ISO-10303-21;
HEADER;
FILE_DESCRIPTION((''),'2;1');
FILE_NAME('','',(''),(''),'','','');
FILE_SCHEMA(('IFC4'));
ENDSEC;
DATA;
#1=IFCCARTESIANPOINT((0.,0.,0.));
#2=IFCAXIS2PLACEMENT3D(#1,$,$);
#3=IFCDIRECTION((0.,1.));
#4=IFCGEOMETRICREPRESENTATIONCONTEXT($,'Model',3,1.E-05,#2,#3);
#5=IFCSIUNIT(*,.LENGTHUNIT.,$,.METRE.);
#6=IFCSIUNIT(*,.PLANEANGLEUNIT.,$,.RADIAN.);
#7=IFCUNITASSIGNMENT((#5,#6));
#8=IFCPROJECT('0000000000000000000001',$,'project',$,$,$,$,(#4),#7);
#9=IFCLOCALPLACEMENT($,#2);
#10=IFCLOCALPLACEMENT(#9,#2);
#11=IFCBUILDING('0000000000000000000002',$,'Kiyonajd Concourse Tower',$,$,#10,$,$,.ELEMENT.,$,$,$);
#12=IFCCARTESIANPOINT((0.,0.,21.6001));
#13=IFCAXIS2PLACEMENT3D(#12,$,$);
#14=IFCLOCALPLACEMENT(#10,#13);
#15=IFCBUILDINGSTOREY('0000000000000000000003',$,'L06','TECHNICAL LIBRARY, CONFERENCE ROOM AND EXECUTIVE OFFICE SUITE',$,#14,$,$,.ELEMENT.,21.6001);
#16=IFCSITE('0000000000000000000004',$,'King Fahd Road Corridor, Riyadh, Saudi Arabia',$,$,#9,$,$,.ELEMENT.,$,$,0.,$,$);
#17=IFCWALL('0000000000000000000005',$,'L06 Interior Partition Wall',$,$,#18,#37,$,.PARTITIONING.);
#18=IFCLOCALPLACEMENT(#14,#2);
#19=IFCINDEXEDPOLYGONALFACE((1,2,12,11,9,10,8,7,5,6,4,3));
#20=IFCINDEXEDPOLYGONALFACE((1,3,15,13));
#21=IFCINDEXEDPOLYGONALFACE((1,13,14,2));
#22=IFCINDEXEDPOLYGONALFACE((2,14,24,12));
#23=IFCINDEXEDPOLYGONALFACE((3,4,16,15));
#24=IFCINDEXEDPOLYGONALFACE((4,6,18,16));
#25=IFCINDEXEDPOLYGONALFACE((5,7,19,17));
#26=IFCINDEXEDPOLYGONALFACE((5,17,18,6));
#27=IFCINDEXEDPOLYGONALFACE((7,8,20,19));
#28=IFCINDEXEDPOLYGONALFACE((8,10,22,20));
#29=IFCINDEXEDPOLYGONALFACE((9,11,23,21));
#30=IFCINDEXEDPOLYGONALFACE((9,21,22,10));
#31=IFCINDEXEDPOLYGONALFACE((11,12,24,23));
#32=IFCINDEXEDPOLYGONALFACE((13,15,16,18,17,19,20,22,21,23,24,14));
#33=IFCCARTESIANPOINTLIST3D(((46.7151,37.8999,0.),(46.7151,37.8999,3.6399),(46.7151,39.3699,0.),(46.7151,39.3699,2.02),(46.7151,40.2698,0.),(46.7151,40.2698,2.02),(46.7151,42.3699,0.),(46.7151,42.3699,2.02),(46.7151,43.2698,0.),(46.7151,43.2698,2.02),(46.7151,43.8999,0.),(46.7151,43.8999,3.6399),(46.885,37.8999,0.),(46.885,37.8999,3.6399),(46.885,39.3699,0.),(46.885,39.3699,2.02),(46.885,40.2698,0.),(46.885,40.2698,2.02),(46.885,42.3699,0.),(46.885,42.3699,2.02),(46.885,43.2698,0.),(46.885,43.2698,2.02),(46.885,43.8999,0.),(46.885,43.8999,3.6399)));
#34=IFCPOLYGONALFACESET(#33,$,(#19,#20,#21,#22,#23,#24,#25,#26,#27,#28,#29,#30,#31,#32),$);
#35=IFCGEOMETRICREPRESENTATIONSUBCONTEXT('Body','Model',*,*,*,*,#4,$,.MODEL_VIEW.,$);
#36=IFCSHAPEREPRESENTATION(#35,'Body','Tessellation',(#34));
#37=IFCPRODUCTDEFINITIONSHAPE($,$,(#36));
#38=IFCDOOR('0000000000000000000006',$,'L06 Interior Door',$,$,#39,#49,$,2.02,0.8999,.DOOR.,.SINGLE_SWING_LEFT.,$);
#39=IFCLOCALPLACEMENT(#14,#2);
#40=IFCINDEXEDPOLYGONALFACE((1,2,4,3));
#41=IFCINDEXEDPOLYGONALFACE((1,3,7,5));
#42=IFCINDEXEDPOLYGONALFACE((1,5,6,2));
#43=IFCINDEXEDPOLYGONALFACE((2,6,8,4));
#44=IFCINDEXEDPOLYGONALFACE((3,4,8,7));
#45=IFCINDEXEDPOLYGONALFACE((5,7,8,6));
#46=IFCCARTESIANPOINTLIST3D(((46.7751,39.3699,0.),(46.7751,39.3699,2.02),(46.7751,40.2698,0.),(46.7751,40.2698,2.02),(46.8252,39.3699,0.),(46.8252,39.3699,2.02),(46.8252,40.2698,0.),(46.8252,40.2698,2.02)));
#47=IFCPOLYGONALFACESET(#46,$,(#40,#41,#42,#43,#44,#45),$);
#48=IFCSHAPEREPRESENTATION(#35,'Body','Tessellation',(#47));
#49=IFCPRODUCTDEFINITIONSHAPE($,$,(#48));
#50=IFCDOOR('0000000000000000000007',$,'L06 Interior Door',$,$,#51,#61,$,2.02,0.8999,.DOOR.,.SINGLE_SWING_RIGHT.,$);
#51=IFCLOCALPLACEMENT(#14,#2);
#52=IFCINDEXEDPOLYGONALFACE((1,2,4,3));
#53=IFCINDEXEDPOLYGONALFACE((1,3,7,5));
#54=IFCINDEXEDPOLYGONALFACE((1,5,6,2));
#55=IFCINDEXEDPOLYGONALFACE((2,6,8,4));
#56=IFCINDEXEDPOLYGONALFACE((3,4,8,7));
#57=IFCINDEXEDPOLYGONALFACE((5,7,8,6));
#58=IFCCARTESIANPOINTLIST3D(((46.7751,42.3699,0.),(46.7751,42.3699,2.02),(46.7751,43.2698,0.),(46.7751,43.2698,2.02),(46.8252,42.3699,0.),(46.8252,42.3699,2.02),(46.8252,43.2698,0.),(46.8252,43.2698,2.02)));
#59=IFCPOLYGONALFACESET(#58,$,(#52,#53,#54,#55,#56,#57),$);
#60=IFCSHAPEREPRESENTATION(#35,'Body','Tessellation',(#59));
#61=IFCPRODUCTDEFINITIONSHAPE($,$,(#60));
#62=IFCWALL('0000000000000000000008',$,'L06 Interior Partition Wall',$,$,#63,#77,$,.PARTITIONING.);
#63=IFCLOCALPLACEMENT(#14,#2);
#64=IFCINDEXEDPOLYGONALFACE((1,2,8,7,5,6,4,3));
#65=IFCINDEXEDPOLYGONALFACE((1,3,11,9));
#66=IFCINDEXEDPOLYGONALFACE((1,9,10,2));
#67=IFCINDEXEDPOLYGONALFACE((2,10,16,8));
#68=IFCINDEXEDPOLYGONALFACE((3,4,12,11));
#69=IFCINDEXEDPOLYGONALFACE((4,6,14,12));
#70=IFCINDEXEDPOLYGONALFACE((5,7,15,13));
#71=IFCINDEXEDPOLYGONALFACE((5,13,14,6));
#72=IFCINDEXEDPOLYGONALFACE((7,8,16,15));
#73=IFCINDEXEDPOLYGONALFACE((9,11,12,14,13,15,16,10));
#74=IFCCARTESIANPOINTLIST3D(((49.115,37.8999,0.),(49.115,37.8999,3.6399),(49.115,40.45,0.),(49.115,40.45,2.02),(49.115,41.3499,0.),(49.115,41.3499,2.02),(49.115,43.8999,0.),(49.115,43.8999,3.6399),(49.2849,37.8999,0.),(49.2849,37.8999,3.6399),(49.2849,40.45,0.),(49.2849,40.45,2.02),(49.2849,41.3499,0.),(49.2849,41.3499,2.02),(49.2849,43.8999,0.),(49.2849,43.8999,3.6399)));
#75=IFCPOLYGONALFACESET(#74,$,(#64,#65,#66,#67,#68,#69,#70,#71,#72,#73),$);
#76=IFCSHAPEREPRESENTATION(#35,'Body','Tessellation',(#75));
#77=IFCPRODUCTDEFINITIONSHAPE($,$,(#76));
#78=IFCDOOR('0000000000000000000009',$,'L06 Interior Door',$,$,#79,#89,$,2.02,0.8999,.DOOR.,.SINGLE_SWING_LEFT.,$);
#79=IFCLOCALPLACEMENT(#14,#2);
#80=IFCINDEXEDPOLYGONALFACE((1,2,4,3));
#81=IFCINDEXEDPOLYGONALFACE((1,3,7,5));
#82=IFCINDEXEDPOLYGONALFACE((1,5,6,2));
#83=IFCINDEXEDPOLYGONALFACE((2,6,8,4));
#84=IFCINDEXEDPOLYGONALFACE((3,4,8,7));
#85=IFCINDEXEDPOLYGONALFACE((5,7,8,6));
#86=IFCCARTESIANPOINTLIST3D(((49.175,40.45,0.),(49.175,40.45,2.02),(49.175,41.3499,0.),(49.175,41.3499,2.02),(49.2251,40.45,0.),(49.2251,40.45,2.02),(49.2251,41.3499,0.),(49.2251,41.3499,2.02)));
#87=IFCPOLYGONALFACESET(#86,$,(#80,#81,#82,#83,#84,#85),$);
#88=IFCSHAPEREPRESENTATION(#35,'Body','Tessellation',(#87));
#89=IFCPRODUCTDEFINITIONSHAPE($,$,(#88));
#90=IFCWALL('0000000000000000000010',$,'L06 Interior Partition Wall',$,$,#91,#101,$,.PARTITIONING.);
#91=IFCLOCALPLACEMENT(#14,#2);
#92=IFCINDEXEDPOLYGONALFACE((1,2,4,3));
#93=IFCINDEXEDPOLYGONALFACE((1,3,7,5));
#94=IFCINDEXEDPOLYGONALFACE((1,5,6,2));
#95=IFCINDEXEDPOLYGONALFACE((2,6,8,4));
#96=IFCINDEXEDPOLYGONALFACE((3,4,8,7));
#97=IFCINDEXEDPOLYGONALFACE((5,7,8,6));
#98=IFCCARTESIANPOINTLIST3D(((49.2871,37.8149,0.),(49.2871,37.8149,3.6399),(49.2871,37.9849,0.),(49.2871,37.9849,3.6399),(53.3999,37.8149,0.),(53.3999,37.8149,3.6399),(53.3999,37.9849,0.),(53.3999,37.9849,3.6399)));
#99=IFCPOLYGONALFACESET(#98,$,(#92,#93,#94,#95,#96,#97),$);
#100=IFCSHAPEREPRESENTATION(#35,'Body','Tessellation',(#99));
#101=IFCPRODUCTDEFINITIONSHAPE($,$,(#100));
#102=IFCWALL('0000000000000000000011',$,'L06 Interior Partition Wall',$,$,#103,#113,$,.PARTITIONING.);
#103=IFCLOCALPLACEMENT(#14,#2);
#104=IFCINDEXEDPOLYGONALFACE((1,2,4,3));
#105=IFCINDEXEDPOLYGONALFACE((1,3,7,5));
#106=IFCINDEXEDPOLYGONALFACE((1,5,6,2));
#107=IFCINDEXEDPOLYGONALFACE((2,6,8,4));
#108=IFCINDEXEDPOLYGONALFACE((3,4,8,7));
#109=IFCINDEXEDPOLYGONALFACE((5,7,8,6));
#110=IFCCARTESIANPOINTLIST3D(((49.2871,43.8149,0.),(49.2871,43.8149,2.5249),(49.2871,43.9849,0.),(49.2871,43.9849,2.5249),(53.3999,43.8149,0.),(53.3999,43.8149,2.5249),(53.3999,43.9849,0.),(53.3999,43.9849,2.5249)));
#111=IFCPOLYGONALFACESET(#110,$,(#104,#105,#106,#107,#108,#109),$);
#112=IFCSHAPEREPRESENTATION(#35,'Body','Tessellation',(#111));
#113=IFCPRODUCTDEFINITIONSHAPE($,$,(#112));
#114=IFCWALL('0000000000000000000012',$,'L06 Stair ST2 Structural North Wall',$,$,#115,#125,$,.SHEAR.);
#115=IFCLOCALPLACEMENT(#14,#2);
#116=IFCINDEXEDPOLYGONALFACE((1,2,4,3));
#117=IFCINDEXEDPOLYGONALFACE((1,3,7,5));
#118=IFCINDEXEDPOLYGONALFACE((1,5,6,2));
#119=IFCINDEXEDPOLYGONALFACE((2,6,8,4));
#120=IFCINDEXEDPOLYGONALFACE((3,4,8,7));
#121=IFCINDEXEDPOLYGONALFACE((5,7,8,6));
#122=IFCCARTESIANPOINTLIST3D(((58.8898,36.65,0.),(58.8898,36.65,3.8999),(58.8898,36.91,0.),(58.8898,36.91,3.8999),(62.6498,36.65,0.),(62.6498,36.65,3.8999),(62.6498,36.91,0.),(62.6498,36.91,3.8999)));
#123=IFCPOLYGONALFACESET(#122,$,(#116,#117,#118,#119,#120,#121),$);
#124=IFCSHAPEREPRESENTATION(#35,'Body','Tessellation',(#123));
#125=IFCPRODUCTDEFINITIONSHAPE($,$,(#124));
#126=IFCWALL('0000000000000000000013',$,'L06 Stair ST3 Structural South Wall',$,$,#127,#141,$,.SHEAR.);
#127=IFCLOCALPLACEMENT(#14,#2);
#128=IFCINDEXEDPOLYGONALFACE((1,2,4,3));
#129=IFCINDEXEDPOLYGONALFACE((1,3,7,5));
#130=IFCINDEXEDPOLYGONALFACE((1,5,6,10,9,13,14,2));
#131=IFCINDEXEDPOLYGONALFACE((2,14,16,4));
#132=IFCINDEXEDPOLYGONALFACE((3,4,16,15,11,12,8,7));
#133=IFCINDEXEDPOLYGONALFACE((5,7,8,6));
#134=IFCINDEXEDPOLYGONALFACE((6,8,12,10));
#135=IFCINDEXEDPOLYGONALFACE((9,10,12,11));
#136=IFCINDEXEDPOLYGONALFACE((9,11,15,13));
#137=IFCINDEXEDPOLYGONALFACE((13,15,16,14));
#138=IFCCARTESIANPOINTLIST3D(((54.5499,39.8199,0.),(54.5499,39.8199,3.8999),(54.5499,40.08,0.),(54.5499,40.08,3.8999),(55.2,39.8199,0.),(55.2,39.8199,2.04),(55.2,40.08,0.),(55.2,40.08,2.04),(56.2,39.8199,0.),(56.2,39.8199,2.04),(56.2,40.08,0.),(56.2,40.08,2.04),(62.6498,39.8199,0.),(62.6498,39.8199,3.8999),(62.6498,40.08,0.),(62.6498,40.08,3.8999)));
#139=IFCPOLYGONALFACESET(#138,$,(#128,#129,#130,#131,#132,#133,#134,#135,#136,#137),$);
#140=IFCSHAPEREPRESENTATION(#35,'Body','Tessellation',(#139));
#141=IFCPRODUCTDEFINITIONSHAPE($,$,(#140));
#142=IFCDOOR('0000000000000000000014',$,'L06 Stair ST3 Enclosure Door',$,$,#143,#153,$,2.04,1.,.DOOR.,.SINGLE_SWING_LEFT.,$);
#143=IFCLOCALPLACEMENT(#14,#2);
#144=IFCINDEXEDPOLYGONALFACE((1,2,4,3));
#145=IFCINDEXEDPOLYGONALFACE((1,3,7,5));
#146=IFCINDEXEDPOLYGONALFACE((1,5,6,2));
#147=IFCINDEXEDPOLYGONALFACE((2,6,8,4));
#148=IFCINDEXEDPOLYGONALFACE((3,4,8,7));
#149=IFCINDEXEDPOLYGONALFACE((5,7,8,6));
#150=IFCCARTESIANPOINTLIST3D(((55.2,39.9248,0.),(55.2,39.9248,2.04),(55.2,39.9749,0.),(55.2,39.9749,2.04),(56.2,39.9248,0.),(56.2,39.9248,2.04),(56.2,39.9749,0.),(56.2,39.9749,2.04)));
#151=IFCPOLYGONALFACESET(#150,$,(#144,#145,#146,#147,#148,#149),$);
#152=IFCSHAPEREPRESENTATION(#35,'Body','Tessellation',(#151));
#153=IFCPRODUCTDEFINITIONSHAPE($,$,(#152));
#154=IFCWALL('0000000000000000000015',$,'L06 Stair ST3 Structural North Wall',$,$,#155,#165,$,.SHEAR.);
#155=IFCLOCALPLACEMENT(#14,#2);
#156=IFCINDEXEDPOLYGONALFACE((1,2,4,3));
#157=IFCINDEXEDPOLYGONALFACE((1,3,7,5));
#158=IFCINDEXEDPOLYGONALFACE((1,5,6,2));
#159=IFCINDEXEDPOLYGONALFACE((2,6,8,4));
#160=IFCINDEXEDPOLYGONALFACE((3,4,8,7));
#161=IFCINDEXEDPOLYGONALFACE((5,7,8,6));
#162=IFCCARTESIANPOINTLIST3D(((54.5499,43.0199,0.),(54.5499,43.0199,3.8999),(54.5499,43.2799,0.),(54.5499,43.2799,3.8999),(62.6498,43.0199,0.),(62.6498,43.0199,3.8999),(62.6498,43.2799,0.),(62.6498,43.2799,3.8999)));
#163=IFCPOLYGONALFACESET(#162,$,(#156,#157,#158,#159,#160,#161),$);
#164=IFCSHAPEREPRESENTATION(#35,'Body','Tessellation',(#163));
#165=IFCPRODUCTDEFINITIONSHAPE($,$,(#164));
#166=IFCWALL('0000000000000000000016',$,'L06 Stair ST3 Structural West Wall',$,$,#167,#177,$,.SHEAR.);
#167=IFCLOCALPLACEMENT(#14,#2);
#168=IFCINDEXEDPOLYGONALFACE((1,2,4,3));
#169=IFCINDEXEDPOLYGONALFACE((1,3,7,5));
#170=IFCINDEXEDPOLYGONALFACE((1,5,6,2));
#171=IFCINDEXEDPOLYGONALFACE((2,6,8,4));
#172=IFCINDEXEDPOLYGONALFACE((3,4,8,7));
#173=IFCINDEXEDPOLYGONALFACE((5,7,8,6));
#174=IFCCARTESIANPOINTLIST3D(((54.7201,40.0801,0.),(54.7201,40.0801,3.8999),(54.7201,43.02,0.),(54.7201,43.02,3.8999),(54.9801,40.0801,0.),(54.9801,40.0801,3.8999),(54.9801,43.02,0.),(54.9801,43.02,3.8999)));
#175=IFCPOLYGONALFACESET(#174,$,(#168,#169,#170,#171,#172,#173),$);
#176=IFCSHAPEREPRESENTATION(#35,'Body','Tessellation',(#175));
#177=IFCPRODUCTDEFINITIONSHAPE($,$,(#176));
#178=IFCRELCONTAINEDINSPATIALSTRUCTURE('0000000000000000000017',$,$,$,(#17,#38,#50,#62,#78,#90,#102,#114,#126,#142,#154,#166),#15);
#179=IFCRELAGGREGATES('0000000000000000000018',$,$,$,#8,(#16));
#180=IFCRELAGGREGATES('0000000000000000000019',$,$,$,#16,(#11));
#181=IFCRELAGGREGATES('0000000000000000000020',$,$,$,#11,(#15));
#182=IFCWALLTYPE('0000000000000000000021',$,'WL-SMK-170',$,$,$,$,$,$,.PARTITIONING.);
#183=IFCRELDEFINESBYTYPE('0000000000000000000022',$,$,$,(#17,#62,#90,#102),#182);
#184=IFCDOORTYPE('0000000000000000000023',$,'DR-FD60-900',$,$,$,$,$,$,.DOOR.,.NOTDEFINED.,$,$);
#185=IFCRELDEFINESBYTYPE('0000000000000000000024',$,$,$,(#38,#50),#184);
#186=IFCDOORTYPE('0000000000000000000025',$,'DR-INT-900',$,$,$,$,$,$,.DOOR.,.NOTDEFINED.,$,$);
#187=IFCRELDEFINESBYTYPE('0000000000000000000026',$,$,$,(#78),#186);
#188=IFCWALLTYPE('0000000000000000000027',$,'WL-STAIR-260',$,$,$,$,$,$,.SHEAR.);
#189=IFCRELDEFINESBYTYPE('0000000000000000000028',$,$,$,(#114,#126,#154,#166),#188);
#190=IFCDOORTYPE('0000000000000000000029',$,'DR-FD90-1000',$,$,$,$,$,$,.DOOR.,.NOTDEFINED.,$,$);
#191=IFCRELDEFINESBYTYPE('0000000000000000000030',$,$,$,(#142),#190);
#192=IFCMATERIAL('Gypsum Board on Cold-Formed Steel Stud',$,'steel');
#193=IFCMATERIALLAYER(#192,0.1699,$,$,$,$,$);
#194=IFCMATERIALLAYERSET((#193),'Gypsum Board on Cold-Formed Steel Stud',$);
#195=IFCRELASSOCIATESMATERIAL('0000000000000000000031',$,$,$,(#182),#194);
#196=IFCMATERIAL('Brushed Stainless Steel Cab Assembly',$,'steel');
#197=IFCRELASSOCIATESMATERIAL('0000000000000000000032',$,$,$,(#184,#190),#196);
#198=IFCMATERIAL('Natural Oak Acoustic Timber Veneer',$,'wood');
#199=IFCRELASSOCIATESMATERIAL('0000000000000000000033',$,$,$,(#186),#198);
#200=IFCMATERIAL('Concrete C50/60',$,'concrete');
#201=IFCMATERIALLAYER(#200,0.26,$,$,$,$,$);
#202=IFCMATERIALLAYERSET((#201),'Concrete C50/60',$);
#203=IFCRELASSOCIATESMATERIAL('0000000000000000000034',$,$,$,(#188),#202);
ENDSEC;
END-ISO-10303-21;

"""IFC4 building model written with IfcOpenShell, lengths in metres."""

from ifc_helpers import new_model, si_unit, direction, frame, frame_2d, origin, place, context, subcontext, project, spatial, rectangle, extrude, material, layer, layer_set, type_object, element, fill, save


model = new_model("IFC4")

# Units and contexts
model_context = context("Model", 3, precision=1e-05, world=origin(), true_north=direction((0.0, 1.0)))
body_context = subcontext(model_context, "Body", "Model", "MODEL_VIEW")
ifc_project = project(units=[si_unit("LENGTHUNIT", "METRE"), si_unit("PLANEANGLEUNIT", "RADIAN")], contexts=[model_context])

# Site, building, storey
site_placement = place(None, origin())
site = spatial("IfcSite", under=ifc_project, at=site_placement, Name="King Fahd Road Corridor, Riyadh, Saudi Arabia", CompositionType="ELEMENT", RefElevation=0.0)
building_placement = place(site_placement, origin())
building = spatial("IfcBuilding", under=site, at=building_placement, Name="Kiyonajd Concourse Tower", CompositionType="ELEMENT")
storey_placement = place(building_placement, frame((0.0, 0.0, 21.6001)))
storey = spatial("IfcBuildingStorey", under=building, at=storey_placement, Name="L06", Description="TECHNICAL LIBRARY, CONFERENCE ROOM AND EXECUTIVE OFFICE SUITE", CompositionType="ELEMENT", Elevation=21.6001)

# Shared definitions
ifc_material_1 = material(Name="Concrete C50/60", Category="concrete")

# Shared definitions
ifc_material_2 = material(Name="Gypsum Board on Cold-Formed Steel Stud", Category="steel")
ifc_layer_1 = layer(ifc_material_2, 0.1699)
ifc_layer_set_1 = layer_set([ifc_layer_1], Name="Gypsum Board on Cold-Formed Steel Stud")
wall_type_1 = type_object("IfcWallType", Name="WL-SMK-170", PredefinedType="PARTITIONING", material=ifc_layer_set_1)

# Wall, openings, doors
wall_1_placement = place(storey_placement, frame((46.8, 37.8999, 0.0), z_axis=(0.0, 0.0, 1.0), x_axis=(0.0, 1.0, 0.0)))
wall_1 = element("IfcWall", 1, at=wall_1_placement, inside=storey, type_object=wall_type_1, Name="L06 Interior Partition Wall", PredefinedType="PARTITIONING", context=body_context, shape_type="SweptSolid", body=[
    extrude(rectangle(XDim=6.0, YDim=0.1699, at=frame_2d((3.0, 0.0))), origin(), (0.0, 0.0, 1.0), 3.6399),
])
opening_1_placement = place(wall_1_placement, frame((1.47, 0.0, 0.0)))
opening_1 = element("IfcOpeningElement", 2, at=opening_1_placement, cuts=wall_1, PredefinedType="OPENING", context=body_context, shape_type="SweptSolid", body=[
    extrude(rectangle(XDim=0.8999, YDim=2.02, at=frame_2d((0.45, 1.01))), frame((0.0, 0.095, 0.0), z_axis=(0.0, -1.0, 0.0), x_axis=(1.0, 0.0, 0.0)), (0.0, 0.0, 1.0), 0.1899),
])
opening_2_placement = place(wall_1_placement, frame((4.47, 0.0, 0.0)))
opening_2 = element("IfcOpeningElement", 3, at=opening_2_placement, cuts=wall_1, PredefinedType="OPENING", context=body_context, shape_type="SweptSolid", body=[
    extrude(rectangle(XDim=0.8999, YDim=2.02, at=frame_2d((0.45, 1.01))), frame((0.0, 0.095, 0.0), z_axis=(0.0, -1.0, 0.0), x_axis=(1.0, 0.0, 0.0)), (0.0, 0.0, 1.0), 0.1899),
])
ifc_material_3 = material(Name="Brushed Stainless Steel Cab Assembly", Category="steel")
door_type_1 = type_object("IfcDoorType", Name="DR-FD60-900", OperationType="NOTDEFINED", PredefinedType="DOOR", material=ifc_material_3)
door_1_placement = place(opening_1_placement, origin())
door_1 = element("IfcDoor", 4, at=door_1_placement, inside=storey, type_object=door_type_1, Name="L06 Interior Door", OperationType="SINGLE_SWING_LEFT", OverallHeight=2.02, OverallWidth=0.8999, PredefinedType="DOOR", context=body_context, shape_type="SweptSolid", body=[
    extrude(rectangle(XDim=0.8999, YDim=2.02, at=frame_2d((0.45, 1.01))), frame((0.0, 0.0249, 0.0), z_axis=(0.0, -1.0, 0.0), x_axis=(1.0, 0.0, 0.0)), (0.0, 0.0, 1.0), 0.05),
])
fill(opening_1, door_1)
door_2_placement = place(opening_2_placement, origin())
door_2 = element("IfcDoor", 5, at=door_2_placement, inside=storey, type_object=door_type_1, Name="L06 Interior Door", OperationType="SINGLE_SWING_RIGHT", OverallHeight=2.02, OverallWidth=0.8999, PredefinedType="DOOR", context=body_context, shape_type="SweptSolid", body=[
    extrude(rectangle(XDim=0.8999, YDim=2.02, at=frame_2d((0.45, 1.01))), frame((0.0, 0.0249, 0.0), z_axis=(0.0, -1.0, 0.0), x_axis=(1.0, 0.0, 0.0)), (0.0, 0.0, 1.0), 0.05),
])
fill(opening_2, door_2)

# Wall, opening, door
wall_2_placement = place(storey_placement, frame((49.2, 37.8999, 0.0), z_axis=(0.0, 0.0, 1.0), x_axis=(0.0, 1.0, 0.0)))
wall_2 = element("IfcWall", 6, at=wall_2_placement, inside=storey, type_object=wall_type_1, Name="L06 Interior Partition Wall", PredefinedType="PARTITIONING", context=body_context, shape_type="SweptSolid", body=[
    extrude(rectangle(XDim=6.0, YDim=0.1699, at=frame_2d((3.0, 0.0))), origin(), (0.0, 0.0, 1.0), 3.6399),
])
opening_3_placement = place(wall_2_placement, frame((2.55, 0.0, 0.0)))
opening_3 = element("IfcOpeningElement", 7, at=opening_3_placement, cuts=wall_2, PredefinedType="OPENING", context=body_context, shape_type="SweptSolid", body=[
    extrude(rectangle(XDim=0.8999, YDim=2.02, at=frame_2d((0.45, 1.01))), frame((0.0, 0.095, 0.0), z_axis=(0.0, -1.0, 0.0), x_axis=(1.0, 0.0, 0.0)), (0.0, 0.0, 1.0), 0.1899),
])
ifc_material_4 = material(Name="Natural Oak Acoustic Timber Veneer", Category="wood")
door_type_2 = type_object("IfcDoorType", Name="DR-INT-900", OperationType="NOTDEFINED", PredefinedType="DOOR", material=ifc_material_4)
door_3_placement = place(opening_3_placement, origin())
door_3 = element("IfcDoor", 8, at=door_3_placement, inside=storey, type_object=door_type_2, Name="L06 Interior Door", OperationType="SINGLE_SWING_LEFT", OverallHeight=2.02, OverallWidth=0.8999, PredefinedType="DOOR", context=body_context, shape_type="SweptSolid", body=[
    extrude(rectangle(XDim=0.8999, YDim=2.02, at=frame_2d((0.45, 1.01))), frame((0.0, 0.0249, 0.0), z_axis=(0.0, -1.0, 0.0), x_axis=(1.0, 0.0, 0.0)), (0.0, 0.0, 1.0), 0.05),
])
fill(opening_3, door_3)

# Walls
wall_3_placement = place(storey_placement, frame((49.2871, 37.8999, 0.0), z_axis=(0.0, 0.0, 1.0), x_axis=(1.0, 0.0, 0.0)))
element("IfcWall", 9, at=wall_3_placement, inside=storey, type_object=wall_type_1, Name="L06 Interior Partition Wall", PredefinedType="PARTITIONING", context=body_context, shape_type="SweptSolid", body=[
    extrude(rectangle(XDim=4.1128, YDim=0.1699, at=frame_2d((2.0564, 0.0))), origin(), (0.0, 0.0, 1.0), 3.6399),
])
wall_4_placement = place(storey_placement, frame((49.2871, 43.8999, 0.0), z_axis=(0.0, 0.0, 1.0), x_axis=(1.0, 0.0, 0.0)))
element("IfcWall", 10, at=wall_4_placement, inside=storey, type_object=wall_type_1, Name="L06 Interior Partition Wall", PredefinedType="PARTITIONING", context=body_context, shape_type="SweptSolid", body=[
    extrude(rectangle(XDim=4.1128, YDim=0.1699, at=frame_2d((2.0564, 0.0))), origin(), (0.0, 0.0, 1.0), 2.5249),
])
ifc_layer_2 = layer(ifc_material_1, 0.26)
ifc_layer_set_2 = layer_set([ifc_layer_2], Name="Concrete C50/60")
wall_type_2 = type_object("IfcWallType", Name="WL-STAIR-260", PredefinedType="SHEAR", material=ifc_layer_set_2)
wall_5_placement = place(storey_placement, frame((58.8899, 36.78, 0.0), z_axis=(0.0, 0.0, 1.0), x_axis=(1.0, 0.0, 0.0)))
element("IfcWall", 11, at=wall_5_placement, inside=storey, type_object=wall_type_2, Name="L06 Stair ST2 Structural North Wall", PredefinedType="SHEAR", context=body_context, shape_type="SweptSolid", body=[
    extrude(rectangle(XDim=3.76, YDim=0.26, at=frame_2d((1.8799, 0.0))), origin(), (0.0, 0.0, 1.0), 3.8999),
])

# Wall, opening, door
wall_6_placement = place(storey_placement, frame((54.55, 39.95, 0.0), z_axis=(0.0, 0.0, 1.0), x_axis=(1.0, 0.0, 0.0)))
wall_6 = element("IfcWall", 12, at=wall_6_placement, inside=storey, type_object=wall_type_2, Name="L06 Stair ST3 Structural South Wall", PredefinedType="SHEAR", context=body_context, shape_type="SweptSolid", body=[
    extrude(rectangle(XDim=8.0999, YDim=0.26, at=frame_2d((4.0498, 0.0))), origin(), (0.0, 0.0, 1.0), 3.8999),
])
opening_4_placement = place(wall_6_placement, frame((0.6499, 0.0, 0.0)))
opening_4 = element("IfcOpeningElement", 13, at=opening_4_placement, cuts=wall_6, PredefinedType="OPENING", context=body_context, shape_type="SweptSolid", body=[
    extrude(rectangle(XDim=1.0, YDim=2.04, at=frame_2d((0.5, 1.02))), frame((0.0, 0.1399, 0.0), z_axis=(0.0, -1.0, 0.0), x_axis=(1.0, 0.0, 0.0)), (0.0, 0.0, 1.0), 0.28),
])
door_type_3 = type_object("IfcDoorType", Name="DR-FD90-1000", OperationType="NOTDEFINED", PredefinedType="DOOR", material=ifc_material_3)
door_4_placement = place(opening_4_placement, origin())
door_4 = element("IfcDoor", 14, at=door_4_placement, inside=storey, type_object=door_type_3, Name="L06 Stair ST3 Enclosure Door", OperationType="SINGLE_SWING_LEFT", OverallHeight=2.04, OverallWidth=1.0, PredefinedType="DOOR", context=body_context, shape_type="SweptSolid", body=[
    extrude(rectangle(XDim=1.0, YDim=2.04, at=frame_2d((0.5, 1.02))), frame((0.0, 0.0249, 0.0), z_axis=(0.0, -1.0, 0.0), x_axis=(1.0, 0.0, 0.0)), (0.0, 0.0, 1.0), 0.05),
])
fill(opening_4, door_4)

# Walls
wall_7_placement = place(storey_placement, frame((54.55, 43.1499, 0.0), z_axis=(0.0, 0.0, 1.0), x_axis=(1.0, 0.0, 0.0)))
element("IfcWall", 15, at=wall_7_placement, inside=storey, type_object=wall_type_2, Name="L06 Stair ST3 Structural North Wall", PredefinedType="SHEAR", context=body_context, shape_type="SweptSolid", body=[
    extrude(rectangle(XDim=8.0999, YDim=0.26, at=frame_2d((4.0498, 0.0))), origin(), (0.0, 0.0, 1.0), 3.8999),
])
wall_8_placement = place(storey_placement, frame((54.8501, 40.0801, 0.0), z_axis=(0.0, 0.0, 1.0), x_axis=(0.0, 1.0, 0.0)))
element("IfcWall", 16, at=wall_8_placement, inside=storey, type_object=wall_type_2, Name="L06 Stair ST3 Structural West Wall", PredefinedType="SHEAR", context=body_context, shape_type="SweptSolid", body=[
    extrude(rectangle(XDim=2.9399, YDim=0.26, at=frame_2d((1.47, 0.0))), origin(), (0.0, 0.0, 1.0), 3.8999),
])

save(model, "model.ifc")
